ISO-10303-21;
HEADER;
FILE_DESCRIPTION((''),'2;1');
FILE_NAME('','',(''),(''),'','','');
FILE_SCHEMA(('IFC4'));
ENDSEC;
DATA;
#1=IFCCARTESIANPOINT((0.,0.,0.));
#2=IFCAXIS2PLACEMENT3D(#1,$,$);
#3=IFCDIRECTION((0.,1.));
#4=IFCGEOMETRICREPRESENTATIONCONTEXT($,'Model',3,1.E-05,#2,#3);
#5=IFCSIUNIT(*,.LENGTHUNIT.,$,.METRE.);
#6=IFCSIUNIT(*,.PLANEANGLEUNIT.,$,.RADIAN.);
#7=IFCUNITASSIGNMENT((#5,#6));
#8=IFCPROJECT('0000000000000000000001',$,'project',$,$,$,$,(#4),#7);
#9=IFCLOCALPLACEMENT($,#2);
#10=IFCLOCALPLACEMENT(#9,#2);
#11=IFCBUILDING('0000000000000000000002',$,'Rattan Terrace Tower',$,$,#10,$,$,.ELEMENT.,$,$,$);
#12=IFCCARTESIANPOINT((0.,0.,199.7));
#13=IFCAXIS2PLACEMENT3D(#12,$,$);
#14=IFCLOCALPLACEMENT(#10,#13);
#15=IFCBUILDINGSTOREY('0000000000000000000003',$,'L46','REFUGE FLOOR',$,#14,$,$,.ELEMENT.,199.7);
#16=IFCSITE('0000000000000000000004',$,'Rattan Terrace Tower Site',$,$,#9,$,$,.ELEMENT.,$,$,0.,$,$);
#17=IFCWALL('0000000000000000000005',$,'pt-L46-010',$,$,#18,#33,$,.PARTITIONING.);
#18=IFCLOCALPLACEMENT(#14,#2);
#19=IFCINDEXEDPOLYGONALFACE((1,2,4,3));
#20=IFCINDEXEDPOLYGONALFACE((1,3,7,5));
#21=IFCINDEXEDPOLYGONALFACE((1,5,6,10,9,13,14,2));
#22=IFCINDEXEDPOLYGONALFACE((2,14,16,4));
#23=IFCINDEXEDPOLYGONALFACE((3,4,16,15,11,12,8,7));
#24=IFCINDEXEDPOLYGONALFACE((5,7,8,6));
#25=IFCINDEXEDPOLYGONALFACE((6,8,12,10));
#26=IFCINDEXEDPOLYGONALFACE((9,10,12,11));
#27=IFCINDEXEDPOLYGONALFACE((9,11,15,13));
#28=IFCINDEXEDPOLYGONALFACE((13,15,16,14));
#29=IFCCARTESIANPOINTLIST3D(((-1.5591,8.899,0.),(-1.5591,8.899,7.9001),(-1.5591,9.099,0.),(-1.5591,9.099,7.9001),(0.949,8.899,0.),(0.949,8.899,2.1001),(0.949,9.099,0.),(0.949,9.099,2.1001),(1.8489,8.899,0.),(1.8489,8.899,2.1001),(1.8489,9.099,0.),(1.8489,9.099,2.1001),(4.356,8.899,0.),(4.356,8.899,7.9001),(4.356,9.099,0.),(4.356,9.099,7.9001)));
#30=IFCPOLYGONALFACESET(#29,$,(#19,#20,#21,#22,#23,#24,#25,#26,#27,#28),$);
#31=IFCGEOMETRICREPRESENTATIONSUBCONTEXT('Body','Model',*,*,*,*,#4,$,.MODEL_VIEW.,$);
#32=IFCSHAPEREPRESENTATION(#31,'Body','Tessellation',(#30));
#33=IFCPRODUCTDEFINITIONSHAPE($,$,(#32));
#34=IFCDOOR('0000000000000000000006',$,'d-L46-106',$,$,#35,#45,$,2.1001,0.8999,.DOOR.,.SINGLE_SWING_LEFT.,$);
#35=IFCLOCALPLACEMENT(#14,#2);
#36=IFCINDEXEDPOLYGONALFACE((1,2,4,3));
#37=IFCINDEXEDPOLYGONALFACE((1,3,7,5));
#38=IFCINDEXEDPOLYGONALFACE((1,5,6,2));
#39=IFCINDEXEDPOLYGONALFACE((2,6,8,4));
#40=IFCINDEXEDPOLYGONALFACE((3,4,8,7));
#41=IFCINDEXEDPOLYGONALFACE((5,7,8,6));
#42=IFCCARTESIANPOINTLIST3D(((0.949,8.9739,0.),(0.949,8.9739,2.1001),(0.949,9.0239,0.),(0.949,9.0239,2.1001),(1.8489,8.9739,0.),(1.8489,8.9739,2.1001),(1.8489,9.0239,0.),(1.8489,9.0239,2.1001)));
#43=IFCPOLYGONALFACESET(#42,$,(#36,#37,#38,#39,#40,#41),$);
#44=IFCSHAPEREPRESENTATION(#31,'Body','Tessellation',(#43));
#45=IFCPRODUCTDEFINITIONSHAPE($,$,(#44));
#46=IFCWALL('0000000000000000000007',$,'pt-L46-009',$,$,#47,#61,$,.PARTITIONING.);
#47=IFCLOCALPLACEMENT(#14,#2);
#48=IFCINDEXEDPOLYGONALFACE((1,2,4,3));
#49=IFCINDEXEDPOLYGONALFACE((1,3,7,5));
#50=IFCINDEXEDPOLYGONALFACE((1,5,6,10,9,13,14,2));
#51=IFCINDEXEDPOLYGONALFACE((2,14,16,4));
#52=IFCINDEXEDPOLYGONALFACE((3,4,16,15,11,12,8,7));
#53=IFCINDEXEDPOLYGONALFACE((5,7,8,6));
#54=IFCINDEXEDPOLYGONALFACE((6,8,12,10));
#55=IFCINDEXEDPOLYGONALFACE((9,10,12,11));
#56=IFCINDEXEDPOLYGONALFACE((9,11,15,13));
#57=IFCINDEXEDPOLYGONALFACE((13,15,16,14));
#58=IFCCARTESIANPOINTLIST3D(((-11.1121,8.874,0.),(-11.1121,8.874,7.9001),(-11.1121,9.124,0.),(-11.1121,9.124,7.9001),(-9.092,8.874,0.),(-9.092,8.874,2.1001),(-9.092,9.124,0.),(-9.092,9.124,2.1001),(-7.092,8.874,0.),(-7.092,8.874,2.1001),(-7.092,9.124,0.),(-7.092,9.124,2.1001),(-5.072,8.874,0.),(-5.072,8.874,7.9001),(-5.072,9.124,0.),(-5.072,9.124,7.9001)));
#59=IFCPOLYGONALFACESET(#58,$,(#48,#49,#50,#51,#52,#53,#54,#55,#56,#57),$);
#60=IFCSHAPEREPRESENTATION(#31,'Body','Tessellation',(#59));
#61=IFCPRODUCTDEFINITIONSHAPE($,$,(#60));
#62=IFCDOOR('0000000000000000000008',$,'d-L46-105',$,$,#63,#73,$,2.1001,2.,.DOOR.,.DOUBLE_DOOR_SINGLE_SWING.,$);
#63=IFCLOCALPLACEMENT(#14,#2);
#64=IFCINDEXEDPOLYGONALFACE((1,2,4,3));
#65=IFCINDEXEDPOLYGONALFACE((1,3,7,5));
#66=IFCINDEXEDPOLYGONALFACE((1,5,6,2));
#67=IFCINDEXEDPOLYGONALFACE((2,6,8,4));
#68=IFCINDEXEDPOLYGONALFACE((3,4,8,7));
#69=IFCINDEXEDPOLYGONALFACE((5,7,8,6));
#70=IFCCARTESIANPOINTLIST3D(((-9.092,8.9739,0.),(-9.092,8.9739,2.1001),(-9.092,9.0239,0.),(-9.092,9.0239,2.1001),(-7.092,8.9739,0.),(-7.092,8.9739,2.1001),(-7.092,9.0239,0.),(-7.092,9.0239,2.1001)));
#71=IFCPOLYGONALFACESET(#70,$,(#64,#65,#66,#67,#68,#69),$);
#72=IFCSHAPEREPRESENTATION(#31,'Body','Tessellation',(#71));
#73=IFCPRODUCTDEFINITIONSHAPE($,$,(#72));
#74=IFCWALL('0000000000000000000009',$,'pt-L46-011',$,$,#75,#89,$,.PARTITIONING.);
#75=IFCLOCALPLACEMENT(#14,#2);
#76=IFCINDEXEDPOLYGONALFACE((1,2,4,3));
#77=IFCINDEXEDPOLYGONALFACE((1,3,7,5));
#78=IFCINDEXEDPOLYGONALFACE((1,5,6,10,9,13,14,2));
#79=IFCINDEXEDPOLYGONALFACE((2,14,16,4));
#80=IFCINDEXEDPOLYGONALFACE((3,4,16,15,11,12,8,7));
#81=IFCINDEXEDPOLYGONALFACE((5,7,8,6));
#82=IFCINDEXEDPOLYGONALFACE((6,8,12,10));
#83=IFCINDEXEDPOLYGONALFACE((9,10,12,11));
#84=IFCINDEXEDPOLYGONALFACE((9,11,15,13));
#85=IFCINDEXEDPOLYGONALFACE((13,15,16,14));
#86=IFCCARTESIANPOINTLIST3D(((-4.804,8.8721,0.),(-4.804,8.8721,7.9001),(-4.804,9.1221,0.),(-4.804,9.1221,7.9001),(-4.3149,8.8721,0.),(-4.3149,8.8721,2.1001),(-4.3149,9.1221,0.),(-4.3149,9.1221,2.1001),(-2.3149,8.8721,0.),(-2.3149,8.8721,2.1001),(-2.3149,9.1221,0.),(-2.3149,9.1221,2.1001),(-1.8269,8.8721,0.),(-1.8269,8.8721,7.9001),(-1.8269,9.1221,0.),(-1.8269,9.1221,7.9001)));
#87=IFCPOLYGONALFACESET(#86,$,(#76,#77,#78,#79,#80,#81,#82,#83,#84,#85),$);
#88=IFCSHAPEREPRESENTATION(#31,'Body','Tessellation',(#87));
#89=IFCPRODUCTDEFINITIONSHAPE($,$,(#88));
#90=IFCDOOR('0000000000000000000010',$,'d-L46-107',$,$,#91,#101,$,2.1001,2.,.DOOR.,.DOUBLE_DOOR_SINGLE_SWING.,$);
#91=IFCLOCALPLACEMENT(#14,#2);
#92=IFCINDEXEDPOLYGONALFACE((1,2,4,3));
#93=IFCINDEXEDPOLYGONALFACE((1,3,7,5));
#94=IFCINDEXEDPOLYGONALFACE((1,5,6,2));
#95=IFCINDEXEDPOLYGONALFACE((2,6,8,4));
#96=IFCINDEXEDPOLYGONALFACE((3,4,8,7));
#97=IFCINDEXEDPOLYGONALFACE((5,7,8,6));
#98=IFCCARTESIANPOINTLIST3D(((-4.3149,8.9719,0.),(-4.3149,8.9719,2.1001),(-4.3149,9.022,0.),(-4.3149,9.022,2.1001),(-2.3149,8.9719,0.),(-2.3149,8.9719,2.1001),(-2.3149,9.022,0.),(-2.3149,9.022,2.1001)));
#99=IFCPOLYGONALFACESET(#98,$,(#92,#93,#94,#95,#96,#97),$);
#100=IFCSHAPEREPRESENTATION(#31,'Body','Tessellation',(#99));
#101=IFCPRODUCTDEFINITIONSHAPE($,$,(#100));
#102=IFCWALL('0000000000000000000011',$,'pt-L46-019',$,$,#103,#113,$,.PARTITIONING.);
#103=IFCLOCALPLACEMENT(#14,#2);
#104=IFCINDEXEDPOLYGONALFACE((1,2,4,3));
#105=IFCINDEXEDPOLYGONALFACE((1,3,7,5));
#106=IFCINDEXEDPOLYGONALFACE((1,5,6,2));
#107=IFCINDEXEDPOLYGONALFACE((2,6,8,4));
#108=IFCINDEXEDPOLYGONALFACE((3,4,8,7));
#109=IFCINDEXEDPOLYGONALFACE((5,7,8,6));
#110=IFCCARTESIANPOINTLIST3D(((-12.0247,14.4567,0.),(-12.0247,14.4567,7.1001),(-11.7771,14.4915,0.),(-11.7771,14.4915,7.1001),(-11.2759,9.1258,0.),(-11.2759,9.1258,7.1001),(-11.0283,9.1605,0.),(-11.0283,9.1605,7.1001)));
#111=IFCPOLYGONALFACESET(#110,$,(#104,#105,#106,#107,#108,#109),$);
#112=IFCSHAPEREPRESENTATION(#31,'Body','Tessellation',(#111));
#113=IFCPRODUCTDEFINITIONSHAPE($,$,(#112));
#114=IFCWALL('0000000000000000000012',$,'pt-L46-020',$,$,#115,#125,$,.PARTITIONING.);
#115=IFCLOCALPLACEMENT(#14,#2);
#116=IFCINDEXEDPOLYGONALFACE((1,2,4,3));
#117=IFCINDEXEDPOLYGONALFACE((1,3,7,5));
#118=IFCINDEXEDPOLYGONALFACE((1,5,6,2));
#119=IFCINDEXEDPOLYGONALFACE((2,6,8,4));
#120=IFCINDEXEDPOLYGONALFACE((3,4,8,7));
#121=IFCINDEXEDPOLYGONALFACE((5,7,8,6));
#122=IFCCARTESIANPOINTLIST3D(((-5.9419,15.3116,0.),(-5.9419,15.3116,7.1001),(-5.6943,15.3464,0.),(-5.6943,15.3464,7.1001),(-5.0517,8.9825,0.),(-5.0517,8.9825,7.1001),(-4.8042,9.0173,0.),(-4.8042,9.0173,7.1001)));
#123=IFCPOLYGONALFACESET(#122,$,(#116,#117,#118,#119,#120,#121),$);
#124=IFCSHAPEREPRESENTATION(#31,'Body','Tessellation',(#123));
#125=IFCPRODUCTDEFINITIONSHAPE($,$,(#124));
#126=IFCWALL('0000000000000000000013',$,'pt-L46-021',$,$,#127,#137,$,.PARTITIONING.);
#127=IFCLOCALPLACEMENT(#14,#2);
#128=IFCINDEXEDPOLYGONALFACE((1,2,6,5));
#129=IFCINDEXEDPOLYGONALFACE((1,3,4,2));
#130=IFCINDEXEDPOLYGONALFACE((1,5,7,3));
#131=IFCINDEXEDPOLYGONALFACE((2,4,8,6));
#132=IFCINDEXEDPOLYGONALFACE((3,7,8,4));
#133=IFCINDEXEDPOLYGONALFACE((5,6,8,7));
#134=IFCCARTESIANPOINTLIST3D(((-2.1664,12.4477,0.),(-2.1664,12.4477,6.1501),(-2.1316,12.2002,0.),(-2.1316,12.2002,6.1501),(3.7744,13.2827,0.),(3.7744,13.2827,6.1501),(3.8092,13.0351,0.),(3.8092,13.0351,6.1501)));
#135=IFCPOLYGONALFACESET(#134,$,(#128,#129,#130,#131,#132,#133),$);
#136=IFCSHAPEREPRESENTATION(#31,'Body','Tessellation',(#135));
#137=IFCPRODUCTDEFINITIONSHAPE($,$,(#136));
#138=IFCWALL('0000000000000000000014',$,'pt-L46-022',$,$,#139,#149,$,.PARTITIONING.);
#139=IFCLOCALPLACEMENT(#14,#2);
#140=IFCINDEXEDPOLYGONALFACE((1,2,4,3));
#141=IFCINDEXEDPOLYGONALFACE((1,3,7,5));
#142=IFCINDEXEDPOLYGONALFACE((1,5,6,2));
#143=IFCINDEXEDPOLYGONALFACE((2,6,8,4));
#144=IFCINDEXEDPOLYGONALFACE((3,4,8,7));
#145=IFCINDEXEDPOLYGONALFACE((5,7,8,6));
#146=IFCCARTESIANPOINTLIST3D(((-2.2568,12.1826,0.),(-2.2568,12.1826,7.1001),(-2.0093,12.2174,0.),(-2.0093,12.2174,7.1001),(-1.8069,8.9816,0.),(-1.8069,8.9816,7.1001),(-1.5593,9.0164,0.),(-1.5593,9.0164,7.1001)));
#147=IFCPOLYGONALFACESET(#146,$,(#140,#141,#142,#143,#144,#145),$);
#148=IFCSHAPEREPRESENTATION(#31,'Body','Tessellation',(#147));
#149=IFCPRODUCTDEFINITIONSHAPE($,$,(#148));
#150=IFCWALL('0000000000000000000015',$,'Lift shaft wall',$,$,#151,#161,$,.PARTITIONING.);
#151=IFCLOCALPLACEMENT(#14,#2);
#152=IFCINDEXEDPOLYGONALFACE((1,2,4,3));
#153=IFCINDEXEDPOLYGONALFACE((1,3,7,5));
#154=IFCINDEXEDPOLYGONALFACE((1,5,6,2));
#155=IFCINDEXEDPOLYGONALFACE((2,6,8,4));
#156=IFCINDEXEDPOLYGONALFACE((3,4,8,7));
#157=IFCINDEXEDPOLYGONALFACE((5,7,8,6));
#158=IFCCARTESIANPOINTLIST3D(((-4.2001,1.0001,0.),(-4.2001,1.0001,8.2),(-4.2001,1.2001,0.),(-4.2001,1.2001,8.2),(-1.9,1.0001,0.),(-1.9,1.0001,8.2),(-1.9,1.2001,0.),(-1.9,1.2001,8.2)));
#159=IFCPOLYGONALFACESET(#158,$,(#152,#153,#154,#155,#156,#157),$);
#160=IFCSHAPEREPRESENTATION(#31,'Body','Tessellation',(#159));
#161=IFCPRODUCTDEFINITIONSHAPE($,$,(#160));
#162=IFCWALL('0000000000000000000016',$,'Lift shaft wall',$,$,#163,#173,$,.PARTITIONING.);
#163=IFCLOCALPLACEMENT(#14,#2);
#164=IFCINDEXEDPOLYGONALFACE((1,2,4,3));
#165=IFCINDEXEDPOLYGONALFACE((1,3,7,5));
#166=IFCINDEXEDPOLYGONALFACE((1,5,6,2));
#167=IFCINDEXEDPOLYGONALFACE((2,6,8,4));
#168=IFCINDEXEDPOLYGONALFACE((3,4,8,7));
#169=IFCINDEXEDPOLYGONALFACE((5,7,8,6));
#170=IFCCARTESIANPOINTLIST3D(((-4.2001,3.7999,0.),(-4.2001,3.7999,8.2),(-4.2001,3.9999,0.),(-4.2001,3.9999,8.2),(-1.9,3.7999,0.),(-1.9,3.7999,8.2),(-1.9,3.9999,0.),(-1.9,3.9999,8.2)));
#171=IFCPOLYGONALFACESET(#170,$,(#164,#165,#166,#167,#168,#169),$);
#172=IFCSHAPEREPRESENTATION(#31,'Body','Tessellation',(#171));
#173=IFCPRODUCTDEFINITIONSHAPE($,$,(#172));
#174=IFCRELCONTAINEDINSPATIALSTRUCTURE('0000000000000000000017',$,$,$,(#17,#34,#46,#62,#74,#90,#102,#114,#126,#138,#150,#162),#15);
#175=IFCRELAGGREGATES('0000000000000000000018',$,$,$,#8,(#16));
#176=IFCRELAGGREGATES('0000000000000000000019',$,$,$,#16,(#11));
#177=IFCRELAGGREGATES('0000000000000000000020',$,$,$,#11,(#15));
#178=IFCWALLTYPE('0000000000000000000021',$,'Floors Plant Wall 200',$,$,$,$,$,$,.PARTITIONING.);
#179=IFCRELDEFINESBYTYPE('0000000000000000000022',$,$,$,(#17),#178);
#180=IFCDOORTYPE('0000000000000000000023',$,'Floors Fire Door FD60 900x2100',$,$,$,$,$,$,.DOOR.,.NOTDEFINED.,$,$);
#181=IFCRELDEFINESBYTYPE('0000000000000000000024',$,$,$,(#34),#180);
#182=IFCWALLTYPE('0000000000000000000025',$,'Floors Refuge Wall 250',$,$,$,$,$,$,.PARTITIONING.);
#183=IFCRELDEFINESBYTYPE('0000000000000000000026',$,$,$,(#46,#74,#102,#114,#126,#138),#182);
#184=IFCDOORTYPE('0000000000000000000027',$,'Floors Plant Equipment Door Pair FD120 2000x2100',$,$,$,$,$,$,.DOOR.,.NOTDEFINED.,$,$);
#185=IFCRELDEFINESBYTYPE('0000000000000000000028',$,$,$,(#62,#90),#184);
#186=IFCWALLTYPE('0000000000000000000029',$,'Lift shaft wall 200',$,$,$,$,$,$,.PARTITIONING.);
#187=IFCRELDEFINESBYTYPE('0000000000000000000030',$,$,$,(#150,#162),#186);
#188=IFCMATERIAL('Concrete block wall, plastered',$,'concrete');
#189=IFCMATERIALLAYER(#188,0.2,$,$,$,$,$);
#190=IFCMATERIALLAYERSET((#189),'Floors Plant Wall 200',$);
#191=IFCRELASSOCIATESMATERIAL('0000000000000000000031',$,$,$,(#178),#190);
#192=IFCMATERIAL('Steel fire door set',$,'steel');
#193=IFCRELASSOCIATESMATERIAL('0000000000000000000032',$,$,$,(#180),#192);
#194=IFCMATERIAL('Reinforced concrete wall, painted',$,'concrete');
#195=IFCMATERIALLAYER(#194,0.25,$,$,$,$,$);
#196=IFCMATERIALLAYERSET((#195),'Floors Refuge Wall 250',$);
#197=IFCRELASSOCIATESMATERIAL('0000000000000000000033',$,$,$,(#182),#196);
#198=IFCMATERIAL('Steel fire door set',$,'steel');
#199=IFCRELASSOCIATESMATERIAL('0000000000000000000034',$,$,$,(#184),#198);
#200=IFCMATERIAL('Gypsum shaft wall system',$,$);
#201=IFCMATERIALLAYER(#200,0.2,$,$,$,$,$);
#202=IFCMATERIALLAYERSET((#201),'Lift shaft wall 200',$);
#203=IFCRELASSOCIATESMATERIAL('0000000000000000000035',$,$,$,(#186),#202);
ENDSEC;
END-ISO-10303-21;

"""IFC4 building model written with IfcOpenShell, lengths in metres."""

from ifc_helpers import new_model, si_unit, direction, frame, frame_2d, origin, place, context, subcontext, project, spatial, rectangle, extrude, material, layer, layer_set, type_object, element, fill, save


model = new_model("IFC4")

# Units and contexts
model_context = context("Model", 3, precision=1e-05, world=origin(), true_north=direction((0.0, 1.0)))
body_context = subcontext(model_context, "Body", "Model", "MODEL_VIEW")
ifc_project = project(units=[si_unit("LENGTHUNIT", "METRE"), si_unit("PLANEANGLEUNIT", "RADIAN")], contexts=[model_context])

# Site, building, storey
site_placement = place(None, origin())
site = spatial("IfcSite", under=ifc_project, at=site_placement, Name="Rattan Terrace Tower Site", CompositionType="ELEMENT", RefElevation=0.0)
building_placement = place(site_placement, origin())
building = spatial("IfcBuilding", under=site, at=building_placement, Name="Rattan Terrace Tower", CompositionType="ELEMENT")
storey_placement = place(building_placement, frame((0.0, 0.0, 199.7)))
storey = spatial("IfcBuildingStorey", under=building, at=storey_placement, Name="L46", Description="REFUGE FLOOR", CompositionType="ELEMENT", Elevation=199.7)

# Walls, openings, doors
ifc_material_1 = material(Name="Concrete block wall, plastered", Category="concrete")
ifc_layer_1 = layer(ifc_material_1, 0.2)
ifc_layer_set_1 = layer_set([ifc_layer_1], Name="Floors Plant Wall 200")
wall_type_1 = type_object("IfcWallType", Name="Floors Plant Wall 200", PredefinedType="PARTITIONING", material=ifc_layer_set_1)
wall_1_placement = place(storey_placement, frame((-1.5591, 8.999, 0.0), z_axis=(0.0, 0.0, 1.0), x_axis=(1.0, 0.0, 0.0)))
wall_1 = element("IfcWall", 1, at=wall_1_placement, inside=storey, type_object=wall_type_1, Name="pt-L46-010", PredefinedType="PARTITIONING", context=body_context, shape_type="SweptSolid", body=[
    extrude(rectangle(XDim=5.915, YDim=0.2, at=frame_2d((2.9575, 0.0))), origin(), (0.0, 0.0, 1.0), 7.9001),
])
opening_1_placement = place(wall_1_placement, frame((2.5081, 0.0, 0.0)))
opening_1 = element("IfcOpeningElement", 2, at=opening_1_placement, cuts=wall_1, PredefinedType="OPENING", context=body_context, shape_type="SweptSolid", body=[
    extrude(rectangle(XDim=0.8999, YDim=2.1001, at=frame_2d((0.45, 1.05))), frame((0.0, 0.1106, 0.0), z_axis=(0.0, -1.0, 0.0), x_axis=(1.0, 0.0, 0.0)), (0.0, 0.0, 1.0), 0.2209),
])
ifc_material_2 = material(Name="Steel fire door set", Category="steel")
door_type_1 = type_object("IfcDoorType", Name="Floors Fire Door FD60 900x2100", OperationType="NOTDEFINED", PredefinedType="DOOR", material=ifc_material_2)
door_1_placement = place(opening_1_placement, origin())
door_1 = element("IfcDoor", 3, at=door_1_placement, inside=storey, type_object=door_type_1, Name="d-L46-106", OperationType="SINGLE_SWING_LEFT", OverallHeight=2.1001, OverallWidth=0.8999, PredefinedType="DOOR", context=body_context, shape_type="SweptSolid", body=[
    extrude(rectangle(XDim=0.8999, YDim=2.1001, at=frame_2d((0.45, 1.05))), frame((0.0, 0.0249, 0.0), z_axis=(0.0, -1.0, 0.0), x_axis=(1.0, 0.0, 0.0)), (0.0, 0.0, 1.0), 0.05),
])
fill(opening_1, door_1)
ifc_material_3 = material(Name="Reinforced concrete wall, painted", Category="concrete")
ifc_layer_2 = layer(ifc_material_3, 0.25)
ifc_layer_set_2 = layer_set([ifc_layer_2], Name="Floors Refuge Wall 250")
wall_type_2 = type_object("IfcWallType", Name="Floors Refuge Wall 250", PredefinedType="PARTITIONING", material=ifc_layer_set_2)
wall_2_placement = place(storey_placement, frame((-11.1121, 8.999, 0.0), z_axis=(0.0, 0.0, 1.0), x_axis=(1.0, 0.0, 0.0)))
wall_2 = element("IfcWall", 4, at=wall_2_placement, inside=storey, type_object=wall_type_2, Name="pt-L46-009", PredefinedType="PARTITIONING", context=body_context, shape_type="SweptSolid", body=[
    extrude(rectangle(XDim=6.04, YDim=0.25, at=frame_2d((3.02, 0.0))), origin(), (0.0, 0.0, 1.0), 7.9001),
])
opening_2_placement = place(wall_2_placement, frame((2.02, 0.0, 0.0)))
opening_2 = element("IfcOpeningElement", 5, at=opening_2_placement, cuts=wall_2, PredefinedType="OPENING", context=body_context, shape_type="SweptSolid", body=[
    extrude(rectangle(XDim=2.0, YDim=2.1001, at=frame_2d((1.0, 1.05))), frame((0.0, 0.1355, 0.0), z_axis=(0.0, -1.0, 0.0), x_axis=(1.0, 0.0, 0.0)), (0.0, 0.0, 1.0), 0.271),
])
ifc_material_4 = material(Name="Steel fire door set", Category="steel")
door_type_2 = type_object("IfcDoorType", Name="Floors Plant Equipment Door Pair FD120 2000x2100", OperationType="NOTDEFINED", PredefinedType="DOOR", material=ifc_material_4)
door_2_placement = place(opening_2_placement, origin())
door_2 = element("IfcDoor", 6, at=door_2_placement, inside=storey, type_object=door_type_2, Name="d-L46-105", OperationType="DOUBLE_DOOR_SINGLE_SWING", OverallHeight=2.1001, OverallWidth=2.0, PredefinedType="DOOR", context=body_context, shape_type="SweptSolid", body=[
    extrude(rectangle(XDim=2.0, YDim=2.1001, at=frame_2d((1.0, 1.05))), frame((0.0, 0.0249, 0.0), z_axis=(0.0, -1.0, 0.0), x_axis=(1.0, 0.0, 0.0)), (0.0, 0.0, 1.0), 0.05),
])
fill(opening_2, door_2)
wall_3_placement = place(storey_placement, frame((-4.804, 8.9971, 0.0), z_axis=(0.0, 0.0, 1.0), x_axis=(1.0, 0.0, 0.0)))
wall_3 = element("IfcWall", 7, at=wall_3_placement, inside=storey, type_object=wall_type_2, Name="pt-L46-011", PredefinedType="PARTITIONING", context=body_context, shape_type="SweptSolid", body=[
    extrude(rectangle(XDim=2.9771, YDim=0.25, at=frame_2d((1.4885, 0.0))), origin(), (0.0, 0.0, 1.0), 7.9001),
])
opening_3_placement = place(wall_3_placement, frame((0.489, 0.0, 0.0)))
opening_3 = element("IfcOpeningElement", 8, at=opening_3_placement, cuts=wall_3, PredefinedType="OPENING", context=body_context, shape_type="SweptSolid", body=[
    extrude(rectangle(XDim=2.0, YDim=2.1001, at=frame_2d((1.0, 1.05))), frame((0.0, 0.1355, 0.0), z_axis=(0.0, -1.0, 0.0), x_axis=(1.0, 0.0, 0.0)), (0.0, 0.0, 1.0), 0.271),
])
door_3_placement = place(opening_3_placement, origin())
door_3 = element("IfcDoor", 9, at=door_3_placement, inside=storey, type_object=door_type_2, Name="d-L46-107", OperationType="DOUBLE_DOOR_SINGLE_SWING", OverallHeight=2.1001, OverallWidth=2.0, PredefinedType="DOOR", context=body_context, shape_type="SweptSolid", body=[
    extrude(rectangle(XDim=2.0, YDim=2.1001, at=frame_2d((1.0, 1.05))), frame((0.0, 0.0249, 0.0), z_axis=(0.0, -1.0, 0.0), x_axis=(1.0, 0.0, 0.0)), (0.0, 0.0, 1.0), 0.05),
])
fill(opening_3, door_3)

# Walls
wall_4_placement = place(storey_placement, frame((-11.9009, 14.4741, 0.0), z_axis=(0.0, 0.0, 1.0), x_axis=(0.139091, -0.99028, 0.0)))
element("IfcWall", 10, at=wall_4_placement, inside=storey, type_object=wall_type_2, Name="pt-L46-019", PredefinedType="PARTITIONING", context=body_context, shape_type="SweptSolid", body=[
    extrude(rectangle(XDim=5.3833, YDim=0.25, at=frame_2d((2.6917, 0.0))), origin(), (0.0, 0.0, 1.0), 7.1001),
])
wall_5_placement = place(storey_placement, frame((-5.8181, 15.3291, 0.0), z_axis=(0.0, 0.0, 1.0), x_axis=(0.139271, -0.990254, 0.0)))
element("IfcWall", 11, at=wall_5_placement, inside=storey, type_object=wall_type_2, Name="pt-L46-020", PredefinedType="PARTITIONING", context=body_context, shape_type="SweptSolid", body=[
    extrude(rectangle(XDim=6.3914, YDim=0.25, at=frame_2d((3.1958, 0.0))), origin(), (0.0, 0.0, 1.0), 7.1001),
])
wall_6_placement = place(storey_placement, frame((-2.1489, 12.324, 0.0), z_axis=(0.0, 0.0, 1.0), x_axis=(0.990268, 0.139176, 0.0)))
element("IfcWall", 12, at=wall_6_placement, inside=storey, type_object=wall_type_2, Name="pt-L46-021", PredefinedType="PARTITIONING", context=body_context, shape_type="SweptSolid", body=[
    extrude(rectangle(XDim=5.9993, YDim=0.25, at=frame_2d((2.9995, 0.0))), origin(), (0.0, 0.0, 1.0), 6.1501),
])
wall_7_placement = place(storey_placement, frame((-1.6831, 8.999, 0.0), z_axis=(0.0, 0.0, 1.0), x_axis=(-0.1392, 0.990264, 0.0)))
element("IfcWall", 13, at=wall_7_placement, inside=storey, type_object=wall_type_2, Name="pt-L46-022", PredefinedType="PARTITIONING", context=body_context, shape_type="SweptSolid", body=[
    extrude(rectangle(XDim=3.2324, YDim=0.25, at=frame_2d((1.6162, 0.0))), origin(), (0.0, 0.0, 1.0), 7.1001),
])
ifc_material_5 = material(Name="Gypsum shaft wall system")
ifc_layer_3 = layer(ifc_material_5, 0.2)
ifc_layer_set_3 = layer_set([ifc_layer_3], Name="Lift shaft wall 200")
wall_type_3 = type_object("IfcWallType", Name="Lift shaft wall 200", PredefinedType="PARTITIONING", material=ifc_layer_set_3)
for number, where, z_axis, x_axis, name in (
    (14, (-4.2, 1.1001, 0.0), (0.0, 0.0, 1.0), (1.0, 0.0, 0.0), "Lift shaft wall"),
    (15, (-4.2, 3.8999, 0.0), (0.0, 0.0, 1.0), (1.0, 0.0, 0.0), "Lift shaft wall"),
):
    element("IfcWall", number, at=place(storey_placement, frame(where, z_axis=z_axis, x_axis=x_axis)), inside=storey, type_object=wall_type_3, Name=name, PredefinedType="PARTITIONING", context=body_context, shape_type="SweptSolid", body=[
        extrude(rectangle(XDim=2.3, YDim=0.2, at=frame_2d((1.1499, 0.0))), origin(), (0.0, 0.0, 1.0), 8.2),
    ])

save(model, "model.ifc")
